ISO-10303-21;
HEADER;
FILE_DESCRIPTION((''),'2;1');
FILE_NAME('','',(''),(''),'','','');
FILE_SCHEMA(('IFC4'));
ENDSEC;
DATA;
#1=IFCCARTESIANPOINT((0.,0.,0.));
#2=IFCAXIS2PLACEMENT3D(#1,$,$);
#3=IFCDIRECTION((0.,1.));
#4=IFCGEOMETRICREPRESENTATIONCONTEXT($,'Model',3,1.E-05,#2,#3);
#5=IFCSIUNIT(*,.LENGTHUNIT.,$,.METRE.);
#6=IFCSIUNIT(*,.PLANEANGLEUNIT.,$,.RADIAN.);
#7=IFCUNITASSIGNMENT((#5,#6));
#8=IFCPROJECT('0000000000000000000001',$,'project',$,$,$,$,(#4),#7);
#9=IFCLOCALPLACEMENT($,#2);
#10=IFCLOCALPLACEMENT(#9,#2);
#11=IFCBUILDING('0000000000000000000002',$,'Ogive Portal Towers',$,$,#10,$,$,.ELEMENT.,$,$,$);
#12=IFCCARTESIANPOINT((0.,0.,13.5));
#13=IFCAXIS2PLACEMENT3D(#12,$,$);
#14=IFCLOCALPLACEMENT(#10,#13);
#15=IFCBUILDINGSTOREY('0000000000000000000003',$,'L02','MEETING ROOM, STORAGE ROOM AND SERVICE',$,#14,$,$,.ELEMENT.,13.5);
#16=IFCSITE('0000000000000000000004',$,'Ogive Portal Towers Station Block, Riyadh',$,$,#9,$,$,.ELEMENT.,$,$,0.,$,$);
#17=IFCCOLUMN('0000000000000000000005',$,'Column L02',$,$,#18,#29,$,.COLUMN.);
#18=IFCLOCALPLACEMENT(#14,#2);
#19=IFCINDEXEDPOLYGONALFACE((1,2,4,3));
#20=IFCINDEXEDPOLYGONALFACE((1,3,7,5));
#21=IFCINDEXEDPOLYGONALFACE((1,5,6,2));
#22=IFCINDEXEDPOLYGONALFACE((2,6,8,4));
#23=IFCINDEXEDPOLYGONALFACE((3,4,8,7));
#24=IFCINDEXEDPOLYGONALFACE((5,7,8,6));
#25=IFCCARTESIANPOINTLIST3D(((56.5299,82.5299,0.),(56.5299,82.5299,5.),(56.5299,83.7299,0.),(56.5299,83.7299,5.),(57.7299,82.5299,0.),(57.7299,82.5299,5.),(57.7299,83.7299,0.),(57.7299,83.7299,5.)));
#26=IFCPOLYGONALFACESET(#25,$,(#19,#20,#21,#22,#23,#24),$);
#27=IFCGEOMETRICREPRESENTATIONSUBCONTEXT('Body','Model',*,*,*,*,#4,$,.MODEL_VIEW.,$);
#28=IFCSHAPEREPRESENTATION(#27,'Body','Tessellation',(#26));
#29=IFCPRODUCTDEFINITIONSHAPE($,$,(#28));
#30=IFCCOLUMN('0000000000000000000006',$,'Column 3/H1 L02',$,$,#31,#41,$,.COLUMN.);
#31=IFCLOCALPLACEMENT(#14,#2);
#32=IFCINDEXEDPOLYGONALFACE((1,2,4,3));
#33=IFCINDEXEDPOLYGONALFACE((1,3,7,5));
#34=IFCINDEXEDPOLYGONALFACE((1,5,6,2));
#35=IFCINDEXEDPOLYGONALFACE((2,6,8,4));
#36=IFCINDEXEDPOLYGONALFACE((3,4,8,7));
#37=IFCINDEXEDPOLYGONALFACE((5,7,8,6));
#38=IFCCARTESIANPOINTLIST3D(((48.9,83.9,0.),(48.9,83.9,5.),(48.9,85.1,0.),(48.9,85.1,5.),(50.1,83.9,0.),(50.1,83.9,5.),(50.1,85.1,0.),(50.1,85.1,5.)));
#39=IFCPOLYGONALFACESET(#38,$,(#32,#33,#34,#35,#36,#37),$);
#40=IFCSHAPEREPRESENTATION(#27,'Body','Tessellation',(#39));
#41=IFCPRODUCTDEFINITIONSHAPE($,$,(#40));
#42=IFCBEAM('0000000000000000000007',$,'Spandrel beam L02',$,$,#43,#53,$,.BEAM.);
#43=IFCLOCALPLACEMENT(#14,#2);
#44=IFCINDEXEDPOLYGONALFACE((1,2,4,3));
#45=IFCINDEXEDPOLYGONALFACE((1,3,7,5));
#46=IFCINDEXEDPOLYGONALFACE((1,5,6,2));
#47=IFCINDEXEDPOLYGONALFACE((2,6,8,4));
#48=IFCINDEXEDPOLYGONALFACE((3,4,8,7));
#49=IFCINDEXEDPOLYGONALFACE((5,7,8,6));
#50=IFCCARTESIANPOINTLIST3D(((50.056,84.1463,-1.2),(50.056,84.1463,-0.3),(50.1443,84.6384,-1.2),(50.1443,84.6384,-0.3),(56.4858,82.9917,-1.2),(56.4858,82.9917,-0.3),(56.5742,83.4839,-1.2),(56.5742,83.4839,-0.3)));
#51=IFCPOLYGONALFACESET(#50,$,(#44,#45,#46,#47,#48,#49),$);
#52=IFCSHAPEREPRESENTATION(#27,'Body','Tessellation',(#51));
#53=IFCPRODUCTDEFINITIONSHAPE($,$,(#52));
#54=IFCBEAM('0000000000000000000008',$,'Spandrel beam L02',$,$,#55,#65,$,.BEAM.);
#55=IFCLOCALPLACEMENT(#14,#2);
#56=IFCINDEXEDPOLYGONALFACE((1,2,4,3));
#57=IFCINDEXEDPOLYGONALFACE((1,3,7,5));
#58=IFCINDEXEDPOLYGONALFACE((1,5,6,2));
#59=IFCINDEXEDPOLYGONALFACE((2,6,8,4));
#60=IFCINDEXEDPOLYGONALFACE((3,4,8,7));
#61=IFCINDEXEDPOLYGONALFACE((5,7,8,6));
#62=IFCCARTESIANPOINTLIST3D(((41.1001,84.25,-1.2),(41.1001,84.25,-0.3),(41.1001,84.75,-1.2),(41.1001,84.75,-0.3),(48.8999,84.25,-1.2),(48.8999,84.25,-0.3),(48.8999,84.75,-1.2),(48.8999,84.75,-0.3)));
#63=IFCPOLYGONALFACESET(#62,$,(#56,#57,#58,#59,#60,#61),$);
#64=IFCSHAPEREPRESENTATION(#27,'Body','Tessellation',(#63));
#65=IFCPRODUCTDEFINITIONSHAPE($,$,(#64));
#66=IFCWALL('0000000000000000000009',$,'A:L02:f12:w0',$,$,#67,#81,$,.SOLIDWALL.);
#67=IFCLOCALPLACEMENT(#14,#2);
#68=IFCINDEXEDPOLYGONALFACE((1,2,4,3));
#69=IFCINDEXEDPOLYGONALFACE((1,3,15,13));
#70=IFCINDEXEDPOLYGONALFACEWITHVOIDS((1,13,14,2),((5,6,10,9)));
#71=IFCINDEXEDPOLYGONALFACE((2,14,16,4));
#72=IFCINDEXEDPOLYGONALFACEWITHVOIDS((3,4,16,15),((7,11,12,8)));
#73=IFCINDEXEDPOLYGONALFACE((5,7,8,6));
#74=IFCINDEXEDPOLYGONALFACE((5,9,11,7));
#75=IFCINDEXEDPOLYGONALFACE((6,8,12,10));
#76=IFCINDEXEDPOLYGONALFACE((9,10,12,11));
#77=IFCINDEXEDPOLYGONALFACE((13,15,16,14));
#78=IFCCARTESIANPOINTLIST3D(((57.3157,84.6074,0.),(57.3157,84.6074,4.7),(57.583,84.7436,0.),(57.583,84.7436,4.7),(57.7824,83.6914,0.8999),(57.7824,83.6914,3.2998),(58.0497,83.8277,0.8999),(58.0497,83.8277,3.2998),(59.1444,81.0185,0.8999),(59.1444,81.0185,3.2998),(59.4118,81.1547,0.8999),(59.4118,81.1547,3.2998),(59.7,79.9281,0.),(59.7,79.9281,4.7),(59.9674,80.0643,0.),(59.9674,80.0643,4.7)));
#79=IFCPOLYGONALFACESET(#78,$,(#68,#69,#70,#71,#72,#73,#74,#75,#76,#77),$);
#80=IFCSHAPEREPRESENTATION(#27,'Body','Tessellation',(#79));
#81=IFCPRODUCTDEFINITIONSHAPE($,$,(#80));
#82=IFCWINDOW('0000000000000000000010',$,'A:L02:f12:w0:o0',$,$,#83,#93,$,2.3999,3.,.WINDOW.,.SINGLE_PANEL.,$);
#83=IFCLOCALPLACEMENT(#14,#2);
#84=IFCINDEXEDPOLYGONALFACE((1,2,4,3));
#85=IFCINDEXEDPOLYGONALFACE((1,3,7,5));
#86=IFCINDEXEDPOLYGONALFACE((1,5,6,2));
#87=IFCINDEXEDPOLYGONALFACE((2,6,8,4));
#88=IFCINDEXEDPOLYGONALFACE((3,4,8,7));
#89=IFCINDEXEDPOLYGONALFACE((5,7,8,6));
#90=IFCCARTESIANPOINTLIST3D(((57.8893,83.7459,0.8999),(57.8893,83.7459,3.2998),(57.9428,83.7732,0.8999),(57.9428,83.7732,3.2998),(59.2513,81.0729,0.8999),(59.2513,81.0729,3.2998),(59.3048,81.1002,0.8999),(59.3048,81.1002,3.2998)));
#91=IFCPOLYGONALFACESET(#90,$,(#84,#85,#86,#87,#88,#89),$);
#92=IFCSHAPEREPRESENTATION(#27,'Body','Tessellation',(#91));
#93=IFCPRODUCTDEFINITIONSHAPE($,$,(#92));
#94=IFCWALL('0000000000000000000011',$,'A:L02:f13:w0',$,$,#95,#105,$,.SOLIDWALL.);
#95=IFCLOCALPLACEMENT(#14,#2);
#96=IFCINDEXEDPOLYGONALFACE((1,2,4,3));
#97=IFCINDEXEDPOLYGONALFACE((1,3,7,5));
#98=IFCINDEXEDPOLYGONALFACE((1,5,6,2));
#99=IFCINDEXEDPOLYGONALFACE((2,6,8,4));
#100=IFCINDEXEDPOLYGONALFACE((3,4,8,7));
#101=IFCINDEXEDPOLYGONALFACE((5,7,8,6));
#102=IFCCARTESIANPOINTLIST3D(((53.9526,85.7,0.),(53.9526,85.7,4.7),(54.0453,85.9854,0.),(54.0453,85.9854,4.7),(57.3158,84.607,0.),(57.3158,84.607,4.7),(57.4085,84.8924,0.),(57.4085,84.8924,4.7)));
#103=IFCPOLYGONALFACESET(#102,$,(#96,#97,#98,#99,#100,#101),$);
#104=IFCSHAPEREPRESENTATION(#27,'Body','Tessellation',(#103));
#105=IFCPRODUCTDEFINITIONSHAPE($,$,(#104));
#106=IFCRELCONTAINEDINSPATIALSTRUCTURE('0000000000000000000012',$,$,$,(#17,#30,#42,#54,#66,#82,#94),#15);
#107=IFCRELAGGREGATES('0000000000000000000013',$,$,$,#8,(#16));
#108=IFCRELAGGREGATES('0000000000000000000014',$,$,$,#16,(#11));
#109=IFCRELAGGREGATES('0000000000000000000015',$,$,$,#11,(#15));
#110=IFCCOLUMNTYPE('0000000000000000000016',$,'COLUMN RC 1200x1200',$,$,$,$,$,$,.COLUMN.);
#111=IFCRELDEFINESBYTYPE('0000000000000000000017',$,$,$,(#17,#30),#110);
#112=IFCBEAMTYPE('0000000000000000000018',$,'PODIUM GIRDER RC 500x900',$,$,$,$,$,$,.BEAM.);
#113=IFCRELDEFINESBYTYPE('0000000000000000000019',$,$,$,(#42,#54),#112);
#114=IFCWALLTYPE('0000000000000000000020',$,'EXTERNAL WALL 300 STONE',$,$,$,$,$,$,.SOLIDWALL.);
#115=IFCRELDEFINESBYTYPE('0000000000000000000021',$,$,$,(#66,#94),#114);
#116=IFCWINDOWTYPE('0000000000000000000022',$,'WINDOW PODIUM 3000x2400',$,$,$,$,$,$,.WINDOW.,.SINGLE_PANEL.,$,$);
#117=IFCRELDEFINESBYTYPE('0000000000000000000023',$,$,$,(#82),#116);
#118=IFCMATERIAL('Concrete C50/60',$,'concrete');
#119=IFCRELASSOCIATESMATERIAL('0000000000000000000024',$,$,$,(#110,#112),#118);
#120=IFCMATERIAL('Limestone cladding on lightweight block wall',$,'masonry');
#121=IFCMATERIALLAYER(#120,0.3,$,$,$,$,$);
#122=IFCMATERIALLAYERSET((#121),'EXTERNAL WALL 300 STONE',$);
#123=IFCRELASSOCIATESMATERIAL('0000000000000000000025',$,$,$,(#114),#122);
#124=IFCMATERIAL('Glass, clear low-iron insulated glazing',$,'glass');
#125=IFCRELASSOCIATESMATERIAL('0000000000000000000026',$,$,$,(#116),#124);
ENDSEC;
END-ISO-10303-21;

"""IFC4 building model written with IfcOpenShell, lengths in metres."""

from ifc_helpers import new_model, si_unit, direction, frame, frame_2d, origin, origin_2d, place, context, subcontext, project, spatial, rectangle, extrude, material, layer, layer_set, material_profile, profile_set, type_object, element, fill, save


model = new_model("IFC4")

# Units and contexts
model_context = context("Model", 3, precision=1e-05, world=origin(), true_north=direction((0.0, 1.0)))
body_context = subcontext(model_context, "Body", "Model", "MODEL_VIEW")
ifc_project = project(units=[si_unit("LENGTHUNIT", "METRE"), si_unit("PLANEANGLEUNIT", "RADIAN")], contexts=[model_context])

# Site, building, storey
site_placement = place(None, origin())
site = spatial("IfcSite", under=ifc_project, at=site_placement, Name="Ogive Portal Towers Station Block, Riyadh", CompositionType="ELEMENT", RefElevation=0.0)
building_placement = place(site_placement, origin())
building = spatial("IfcBuilding", under=site, at=building_placement, Name="Ogive Portal Towers", CompositionType="ELEMENT")
storey_placement = place(building_placement, frame((0.0, 0.0, 13.5)))
storey = spatial("IfcBuildingStorey", under=building, at=storey_placement, Name="L02", Description="MEETING ROOM, STORAGE ROOM AND SERVICE", CompositionType="ELEMENT", Elevation=13.5)

# Columns
ifc_material_1 = material(Name="Concrete C50/60", Category="concrete")
ifc_material_profile_1 = material_profile(ifc_material_1, rectangle(XDim=1.2, YDim=1.2, at=origin_2d()), Name="RC 1200x1200")
ifc_profile_set_1 = profile_set([ifc_material_profile_1], Name="Concrete C50/60")
column_type = type_object("IfcColumnType", Name="COLUMN RC 1200x1200", PredefinedType="COLUMN", material=ifc_profile_set_1)
for number, where, z_axis, x_axis, name in (
    (1, (57.1299, 83.1299, 0.0), (0.0, 0.0, 1.0), (1.0, 0.0, 0.0), "Column L02"),
    (2, (49.5, 84.5, 0.0), (0.0, 0.0, 1.0), (1.0, 0.0, 0.0), "Column 3/H1 L02"),
):
    element("IfcColumn", number, at=place(storey_placement, frame(where, z_axis=z_axis, x_axis=x_axis)), inside=storey, type_object=column_type, Name=name, PredefinedType="COLUMN", context=body_context, shape_type="SweptSolid", body=[
        extrude(rectangle(XDim=1.2, YDim=1.2, at=origin_2d()), origin(), (0.0, 0.0, 1.0), 5.0),
    ])

# Beams
ifc_material_profile_2 = material_profile(ifc_material_1, rectangle(XDim=0.5, YDim=0.8999, at=origin_2d()), Name="RC 500x900")
ifc_profile_set_2 = profile_set([ifc_material_profile_2], Name="Concrete C50/60")
beam_type = type_object("IfcBeamType", Name="PODIUM GIRDER RC 500x900", PredefinedType="BEAM", material=ifc_profile_set_2)
beam_1_placement = place(storey_placement, frame((56.53, 83.2378, -0.75), z_axis=(-0.984259, 0.176731, 0.0), x_axis=(-0.176731, -0.984259, 0.0)))
element("IfcBeam", 3, at=beam_1_placement, inside=storey, type_object=beam_type, Name="Spandrel beam L02", PredefinedType="BEAM", context=body_context, shape_type="SweptSolid", body=[
    extrude(rectangle(XDim=0.5, YDim=0.8999, at=origin_2d()), origin(), (0.0, 0.0, 1.0), 6.5327),
])
beam_2_placement = place(storey_placement, frame((48.8999, 84.5, -0.75), z_axis=(-1.0, 0.0, 0.0), x_axis=(0.0, -1.0, 0.0)))
element("IfcBeam", 4, at=beam_2_placement, inside=storey, type_object=beam_type, Name="Spandrel beam L02", PredefinedType="BEAM", context=body_context, shape_type="SweptSolid", body=[
    extrude(rectangle(XDim=0.5, YDim=0.8999, at=origin_2d()), origin(), (0.0, 0.0, 1.0), 7.7998),
])

# Wall, opening, window
ifc_material_2 = material(Name="Limestone cladding on lightweight block wall", Category="masonry")
ifc_layer_1 = layer(ifc_material_2, 0.3)
ifc_layer_set_1 = layer_set([ifc_layer_1], Name="EXTERNAL WALL 300 STONE")
wall_type = type_object("IfcWallType", Name="EXTERNAL WALL 300 STONE", PredefinedType="SOLIDWALL", material=ifc_layer_set_1)
wall_1_placement = place(storey_placement, frame((59.8337, 79.9961, 0.0), z_axis=(0.0, 0.0, 1.0), x_axis=(-0.454007, 0.890998, 0.0)))
wall_1 = element("IfcWall", 5, at=wall_1_placement, inside=storey, type_object=wall_type, Name="A:L02:f12:w0", PredefinedType="SOLIDWALL", context=body_context, shape_type="SweptSolid", body=[
    extrude(rectangle(XDim=5.2517, YDim=0.3, at=frame_2d((2.626, 0.0))), origin(), (0.0, 0.0, 1.0), 4.7),
])
opening_1_placement = place(wall_1_placement, frame((1.2239, 0.0, 0.8999)))
opening_1 = element("IfcOpeningElement", 6, at=opening_1_placement, cuts=wall_1, PredefinedType="OPENING", context=body_context, shape_type="SweptSolid", body=[
    extrude(rectangle(XDim=3.0, YDim=2.3999, at=frame_2d((1.5, 1.2))), frame((0.0, 0.1602, 0.0), z_axis=(0.0, -1.0, 0.0), x_axis=(1.0, 0.0, 0.0)), (0.0, 0.0, 1.0), 0.3201),
])
ifc_material_3 = material(Name="Glass, clear low-iron insulated glazing", Category="glass")
window_type = type_object("IfcWindowType", Name="WINDOW PODIUM 3000x2400", PartitioningType="SINGLE_PANEL", PredefinedType="WINDOW", material=ifc_material_3)
window_1_placement = place(opening_1_placement, origin())
window_1 = element("IfcWindow", 7, at=window_1_placement, inside=storey, type_object=window_type, Name="A:L02:f12:w0:o0", OverallHeight=2.3999, OverallWidth=3.0, PartitioningType="SINGLE_PANEL", PredefinedType="WINDOW", context=body_context, shape_type="SweptSolid", body=[
    extrude(rectangle(XDim=3.0, YDim=2.3999, at=frame_2d((1.5, 1.2))), frame((0.0, 0.03, 0.0), z_axis=(0.0, -1.0, 0.0), x_axis=(1.0, 0.0, 0.0)), (0.0, 0.0, 1.0), 0.0601),
])
fill(opening_1, window_1)

# Wall
wall_2_placement = place(storey_placement, frame((57.3621, 84.7498, 0.0), z_axis=(0.0, 0.0, 1.0), x_axis=(-0.951038, 0.309074, 0.0)))
element("IfcWall", 8, at=wall_2_placement, inside=storey, type_object=wall_type, Name="A:L02:f13:w0", PredefinedType="SOLIDWALL", context=body_context, shape_type="SweptSolid", body=[
    extrude(rectangle(XDim=3.5364, YDim=0.3, at=frame_2d((1.7681, 0.0))), origin(), (0.0, 0.0, 1.0), 4.7),
])

save(model, "model.ifc")
